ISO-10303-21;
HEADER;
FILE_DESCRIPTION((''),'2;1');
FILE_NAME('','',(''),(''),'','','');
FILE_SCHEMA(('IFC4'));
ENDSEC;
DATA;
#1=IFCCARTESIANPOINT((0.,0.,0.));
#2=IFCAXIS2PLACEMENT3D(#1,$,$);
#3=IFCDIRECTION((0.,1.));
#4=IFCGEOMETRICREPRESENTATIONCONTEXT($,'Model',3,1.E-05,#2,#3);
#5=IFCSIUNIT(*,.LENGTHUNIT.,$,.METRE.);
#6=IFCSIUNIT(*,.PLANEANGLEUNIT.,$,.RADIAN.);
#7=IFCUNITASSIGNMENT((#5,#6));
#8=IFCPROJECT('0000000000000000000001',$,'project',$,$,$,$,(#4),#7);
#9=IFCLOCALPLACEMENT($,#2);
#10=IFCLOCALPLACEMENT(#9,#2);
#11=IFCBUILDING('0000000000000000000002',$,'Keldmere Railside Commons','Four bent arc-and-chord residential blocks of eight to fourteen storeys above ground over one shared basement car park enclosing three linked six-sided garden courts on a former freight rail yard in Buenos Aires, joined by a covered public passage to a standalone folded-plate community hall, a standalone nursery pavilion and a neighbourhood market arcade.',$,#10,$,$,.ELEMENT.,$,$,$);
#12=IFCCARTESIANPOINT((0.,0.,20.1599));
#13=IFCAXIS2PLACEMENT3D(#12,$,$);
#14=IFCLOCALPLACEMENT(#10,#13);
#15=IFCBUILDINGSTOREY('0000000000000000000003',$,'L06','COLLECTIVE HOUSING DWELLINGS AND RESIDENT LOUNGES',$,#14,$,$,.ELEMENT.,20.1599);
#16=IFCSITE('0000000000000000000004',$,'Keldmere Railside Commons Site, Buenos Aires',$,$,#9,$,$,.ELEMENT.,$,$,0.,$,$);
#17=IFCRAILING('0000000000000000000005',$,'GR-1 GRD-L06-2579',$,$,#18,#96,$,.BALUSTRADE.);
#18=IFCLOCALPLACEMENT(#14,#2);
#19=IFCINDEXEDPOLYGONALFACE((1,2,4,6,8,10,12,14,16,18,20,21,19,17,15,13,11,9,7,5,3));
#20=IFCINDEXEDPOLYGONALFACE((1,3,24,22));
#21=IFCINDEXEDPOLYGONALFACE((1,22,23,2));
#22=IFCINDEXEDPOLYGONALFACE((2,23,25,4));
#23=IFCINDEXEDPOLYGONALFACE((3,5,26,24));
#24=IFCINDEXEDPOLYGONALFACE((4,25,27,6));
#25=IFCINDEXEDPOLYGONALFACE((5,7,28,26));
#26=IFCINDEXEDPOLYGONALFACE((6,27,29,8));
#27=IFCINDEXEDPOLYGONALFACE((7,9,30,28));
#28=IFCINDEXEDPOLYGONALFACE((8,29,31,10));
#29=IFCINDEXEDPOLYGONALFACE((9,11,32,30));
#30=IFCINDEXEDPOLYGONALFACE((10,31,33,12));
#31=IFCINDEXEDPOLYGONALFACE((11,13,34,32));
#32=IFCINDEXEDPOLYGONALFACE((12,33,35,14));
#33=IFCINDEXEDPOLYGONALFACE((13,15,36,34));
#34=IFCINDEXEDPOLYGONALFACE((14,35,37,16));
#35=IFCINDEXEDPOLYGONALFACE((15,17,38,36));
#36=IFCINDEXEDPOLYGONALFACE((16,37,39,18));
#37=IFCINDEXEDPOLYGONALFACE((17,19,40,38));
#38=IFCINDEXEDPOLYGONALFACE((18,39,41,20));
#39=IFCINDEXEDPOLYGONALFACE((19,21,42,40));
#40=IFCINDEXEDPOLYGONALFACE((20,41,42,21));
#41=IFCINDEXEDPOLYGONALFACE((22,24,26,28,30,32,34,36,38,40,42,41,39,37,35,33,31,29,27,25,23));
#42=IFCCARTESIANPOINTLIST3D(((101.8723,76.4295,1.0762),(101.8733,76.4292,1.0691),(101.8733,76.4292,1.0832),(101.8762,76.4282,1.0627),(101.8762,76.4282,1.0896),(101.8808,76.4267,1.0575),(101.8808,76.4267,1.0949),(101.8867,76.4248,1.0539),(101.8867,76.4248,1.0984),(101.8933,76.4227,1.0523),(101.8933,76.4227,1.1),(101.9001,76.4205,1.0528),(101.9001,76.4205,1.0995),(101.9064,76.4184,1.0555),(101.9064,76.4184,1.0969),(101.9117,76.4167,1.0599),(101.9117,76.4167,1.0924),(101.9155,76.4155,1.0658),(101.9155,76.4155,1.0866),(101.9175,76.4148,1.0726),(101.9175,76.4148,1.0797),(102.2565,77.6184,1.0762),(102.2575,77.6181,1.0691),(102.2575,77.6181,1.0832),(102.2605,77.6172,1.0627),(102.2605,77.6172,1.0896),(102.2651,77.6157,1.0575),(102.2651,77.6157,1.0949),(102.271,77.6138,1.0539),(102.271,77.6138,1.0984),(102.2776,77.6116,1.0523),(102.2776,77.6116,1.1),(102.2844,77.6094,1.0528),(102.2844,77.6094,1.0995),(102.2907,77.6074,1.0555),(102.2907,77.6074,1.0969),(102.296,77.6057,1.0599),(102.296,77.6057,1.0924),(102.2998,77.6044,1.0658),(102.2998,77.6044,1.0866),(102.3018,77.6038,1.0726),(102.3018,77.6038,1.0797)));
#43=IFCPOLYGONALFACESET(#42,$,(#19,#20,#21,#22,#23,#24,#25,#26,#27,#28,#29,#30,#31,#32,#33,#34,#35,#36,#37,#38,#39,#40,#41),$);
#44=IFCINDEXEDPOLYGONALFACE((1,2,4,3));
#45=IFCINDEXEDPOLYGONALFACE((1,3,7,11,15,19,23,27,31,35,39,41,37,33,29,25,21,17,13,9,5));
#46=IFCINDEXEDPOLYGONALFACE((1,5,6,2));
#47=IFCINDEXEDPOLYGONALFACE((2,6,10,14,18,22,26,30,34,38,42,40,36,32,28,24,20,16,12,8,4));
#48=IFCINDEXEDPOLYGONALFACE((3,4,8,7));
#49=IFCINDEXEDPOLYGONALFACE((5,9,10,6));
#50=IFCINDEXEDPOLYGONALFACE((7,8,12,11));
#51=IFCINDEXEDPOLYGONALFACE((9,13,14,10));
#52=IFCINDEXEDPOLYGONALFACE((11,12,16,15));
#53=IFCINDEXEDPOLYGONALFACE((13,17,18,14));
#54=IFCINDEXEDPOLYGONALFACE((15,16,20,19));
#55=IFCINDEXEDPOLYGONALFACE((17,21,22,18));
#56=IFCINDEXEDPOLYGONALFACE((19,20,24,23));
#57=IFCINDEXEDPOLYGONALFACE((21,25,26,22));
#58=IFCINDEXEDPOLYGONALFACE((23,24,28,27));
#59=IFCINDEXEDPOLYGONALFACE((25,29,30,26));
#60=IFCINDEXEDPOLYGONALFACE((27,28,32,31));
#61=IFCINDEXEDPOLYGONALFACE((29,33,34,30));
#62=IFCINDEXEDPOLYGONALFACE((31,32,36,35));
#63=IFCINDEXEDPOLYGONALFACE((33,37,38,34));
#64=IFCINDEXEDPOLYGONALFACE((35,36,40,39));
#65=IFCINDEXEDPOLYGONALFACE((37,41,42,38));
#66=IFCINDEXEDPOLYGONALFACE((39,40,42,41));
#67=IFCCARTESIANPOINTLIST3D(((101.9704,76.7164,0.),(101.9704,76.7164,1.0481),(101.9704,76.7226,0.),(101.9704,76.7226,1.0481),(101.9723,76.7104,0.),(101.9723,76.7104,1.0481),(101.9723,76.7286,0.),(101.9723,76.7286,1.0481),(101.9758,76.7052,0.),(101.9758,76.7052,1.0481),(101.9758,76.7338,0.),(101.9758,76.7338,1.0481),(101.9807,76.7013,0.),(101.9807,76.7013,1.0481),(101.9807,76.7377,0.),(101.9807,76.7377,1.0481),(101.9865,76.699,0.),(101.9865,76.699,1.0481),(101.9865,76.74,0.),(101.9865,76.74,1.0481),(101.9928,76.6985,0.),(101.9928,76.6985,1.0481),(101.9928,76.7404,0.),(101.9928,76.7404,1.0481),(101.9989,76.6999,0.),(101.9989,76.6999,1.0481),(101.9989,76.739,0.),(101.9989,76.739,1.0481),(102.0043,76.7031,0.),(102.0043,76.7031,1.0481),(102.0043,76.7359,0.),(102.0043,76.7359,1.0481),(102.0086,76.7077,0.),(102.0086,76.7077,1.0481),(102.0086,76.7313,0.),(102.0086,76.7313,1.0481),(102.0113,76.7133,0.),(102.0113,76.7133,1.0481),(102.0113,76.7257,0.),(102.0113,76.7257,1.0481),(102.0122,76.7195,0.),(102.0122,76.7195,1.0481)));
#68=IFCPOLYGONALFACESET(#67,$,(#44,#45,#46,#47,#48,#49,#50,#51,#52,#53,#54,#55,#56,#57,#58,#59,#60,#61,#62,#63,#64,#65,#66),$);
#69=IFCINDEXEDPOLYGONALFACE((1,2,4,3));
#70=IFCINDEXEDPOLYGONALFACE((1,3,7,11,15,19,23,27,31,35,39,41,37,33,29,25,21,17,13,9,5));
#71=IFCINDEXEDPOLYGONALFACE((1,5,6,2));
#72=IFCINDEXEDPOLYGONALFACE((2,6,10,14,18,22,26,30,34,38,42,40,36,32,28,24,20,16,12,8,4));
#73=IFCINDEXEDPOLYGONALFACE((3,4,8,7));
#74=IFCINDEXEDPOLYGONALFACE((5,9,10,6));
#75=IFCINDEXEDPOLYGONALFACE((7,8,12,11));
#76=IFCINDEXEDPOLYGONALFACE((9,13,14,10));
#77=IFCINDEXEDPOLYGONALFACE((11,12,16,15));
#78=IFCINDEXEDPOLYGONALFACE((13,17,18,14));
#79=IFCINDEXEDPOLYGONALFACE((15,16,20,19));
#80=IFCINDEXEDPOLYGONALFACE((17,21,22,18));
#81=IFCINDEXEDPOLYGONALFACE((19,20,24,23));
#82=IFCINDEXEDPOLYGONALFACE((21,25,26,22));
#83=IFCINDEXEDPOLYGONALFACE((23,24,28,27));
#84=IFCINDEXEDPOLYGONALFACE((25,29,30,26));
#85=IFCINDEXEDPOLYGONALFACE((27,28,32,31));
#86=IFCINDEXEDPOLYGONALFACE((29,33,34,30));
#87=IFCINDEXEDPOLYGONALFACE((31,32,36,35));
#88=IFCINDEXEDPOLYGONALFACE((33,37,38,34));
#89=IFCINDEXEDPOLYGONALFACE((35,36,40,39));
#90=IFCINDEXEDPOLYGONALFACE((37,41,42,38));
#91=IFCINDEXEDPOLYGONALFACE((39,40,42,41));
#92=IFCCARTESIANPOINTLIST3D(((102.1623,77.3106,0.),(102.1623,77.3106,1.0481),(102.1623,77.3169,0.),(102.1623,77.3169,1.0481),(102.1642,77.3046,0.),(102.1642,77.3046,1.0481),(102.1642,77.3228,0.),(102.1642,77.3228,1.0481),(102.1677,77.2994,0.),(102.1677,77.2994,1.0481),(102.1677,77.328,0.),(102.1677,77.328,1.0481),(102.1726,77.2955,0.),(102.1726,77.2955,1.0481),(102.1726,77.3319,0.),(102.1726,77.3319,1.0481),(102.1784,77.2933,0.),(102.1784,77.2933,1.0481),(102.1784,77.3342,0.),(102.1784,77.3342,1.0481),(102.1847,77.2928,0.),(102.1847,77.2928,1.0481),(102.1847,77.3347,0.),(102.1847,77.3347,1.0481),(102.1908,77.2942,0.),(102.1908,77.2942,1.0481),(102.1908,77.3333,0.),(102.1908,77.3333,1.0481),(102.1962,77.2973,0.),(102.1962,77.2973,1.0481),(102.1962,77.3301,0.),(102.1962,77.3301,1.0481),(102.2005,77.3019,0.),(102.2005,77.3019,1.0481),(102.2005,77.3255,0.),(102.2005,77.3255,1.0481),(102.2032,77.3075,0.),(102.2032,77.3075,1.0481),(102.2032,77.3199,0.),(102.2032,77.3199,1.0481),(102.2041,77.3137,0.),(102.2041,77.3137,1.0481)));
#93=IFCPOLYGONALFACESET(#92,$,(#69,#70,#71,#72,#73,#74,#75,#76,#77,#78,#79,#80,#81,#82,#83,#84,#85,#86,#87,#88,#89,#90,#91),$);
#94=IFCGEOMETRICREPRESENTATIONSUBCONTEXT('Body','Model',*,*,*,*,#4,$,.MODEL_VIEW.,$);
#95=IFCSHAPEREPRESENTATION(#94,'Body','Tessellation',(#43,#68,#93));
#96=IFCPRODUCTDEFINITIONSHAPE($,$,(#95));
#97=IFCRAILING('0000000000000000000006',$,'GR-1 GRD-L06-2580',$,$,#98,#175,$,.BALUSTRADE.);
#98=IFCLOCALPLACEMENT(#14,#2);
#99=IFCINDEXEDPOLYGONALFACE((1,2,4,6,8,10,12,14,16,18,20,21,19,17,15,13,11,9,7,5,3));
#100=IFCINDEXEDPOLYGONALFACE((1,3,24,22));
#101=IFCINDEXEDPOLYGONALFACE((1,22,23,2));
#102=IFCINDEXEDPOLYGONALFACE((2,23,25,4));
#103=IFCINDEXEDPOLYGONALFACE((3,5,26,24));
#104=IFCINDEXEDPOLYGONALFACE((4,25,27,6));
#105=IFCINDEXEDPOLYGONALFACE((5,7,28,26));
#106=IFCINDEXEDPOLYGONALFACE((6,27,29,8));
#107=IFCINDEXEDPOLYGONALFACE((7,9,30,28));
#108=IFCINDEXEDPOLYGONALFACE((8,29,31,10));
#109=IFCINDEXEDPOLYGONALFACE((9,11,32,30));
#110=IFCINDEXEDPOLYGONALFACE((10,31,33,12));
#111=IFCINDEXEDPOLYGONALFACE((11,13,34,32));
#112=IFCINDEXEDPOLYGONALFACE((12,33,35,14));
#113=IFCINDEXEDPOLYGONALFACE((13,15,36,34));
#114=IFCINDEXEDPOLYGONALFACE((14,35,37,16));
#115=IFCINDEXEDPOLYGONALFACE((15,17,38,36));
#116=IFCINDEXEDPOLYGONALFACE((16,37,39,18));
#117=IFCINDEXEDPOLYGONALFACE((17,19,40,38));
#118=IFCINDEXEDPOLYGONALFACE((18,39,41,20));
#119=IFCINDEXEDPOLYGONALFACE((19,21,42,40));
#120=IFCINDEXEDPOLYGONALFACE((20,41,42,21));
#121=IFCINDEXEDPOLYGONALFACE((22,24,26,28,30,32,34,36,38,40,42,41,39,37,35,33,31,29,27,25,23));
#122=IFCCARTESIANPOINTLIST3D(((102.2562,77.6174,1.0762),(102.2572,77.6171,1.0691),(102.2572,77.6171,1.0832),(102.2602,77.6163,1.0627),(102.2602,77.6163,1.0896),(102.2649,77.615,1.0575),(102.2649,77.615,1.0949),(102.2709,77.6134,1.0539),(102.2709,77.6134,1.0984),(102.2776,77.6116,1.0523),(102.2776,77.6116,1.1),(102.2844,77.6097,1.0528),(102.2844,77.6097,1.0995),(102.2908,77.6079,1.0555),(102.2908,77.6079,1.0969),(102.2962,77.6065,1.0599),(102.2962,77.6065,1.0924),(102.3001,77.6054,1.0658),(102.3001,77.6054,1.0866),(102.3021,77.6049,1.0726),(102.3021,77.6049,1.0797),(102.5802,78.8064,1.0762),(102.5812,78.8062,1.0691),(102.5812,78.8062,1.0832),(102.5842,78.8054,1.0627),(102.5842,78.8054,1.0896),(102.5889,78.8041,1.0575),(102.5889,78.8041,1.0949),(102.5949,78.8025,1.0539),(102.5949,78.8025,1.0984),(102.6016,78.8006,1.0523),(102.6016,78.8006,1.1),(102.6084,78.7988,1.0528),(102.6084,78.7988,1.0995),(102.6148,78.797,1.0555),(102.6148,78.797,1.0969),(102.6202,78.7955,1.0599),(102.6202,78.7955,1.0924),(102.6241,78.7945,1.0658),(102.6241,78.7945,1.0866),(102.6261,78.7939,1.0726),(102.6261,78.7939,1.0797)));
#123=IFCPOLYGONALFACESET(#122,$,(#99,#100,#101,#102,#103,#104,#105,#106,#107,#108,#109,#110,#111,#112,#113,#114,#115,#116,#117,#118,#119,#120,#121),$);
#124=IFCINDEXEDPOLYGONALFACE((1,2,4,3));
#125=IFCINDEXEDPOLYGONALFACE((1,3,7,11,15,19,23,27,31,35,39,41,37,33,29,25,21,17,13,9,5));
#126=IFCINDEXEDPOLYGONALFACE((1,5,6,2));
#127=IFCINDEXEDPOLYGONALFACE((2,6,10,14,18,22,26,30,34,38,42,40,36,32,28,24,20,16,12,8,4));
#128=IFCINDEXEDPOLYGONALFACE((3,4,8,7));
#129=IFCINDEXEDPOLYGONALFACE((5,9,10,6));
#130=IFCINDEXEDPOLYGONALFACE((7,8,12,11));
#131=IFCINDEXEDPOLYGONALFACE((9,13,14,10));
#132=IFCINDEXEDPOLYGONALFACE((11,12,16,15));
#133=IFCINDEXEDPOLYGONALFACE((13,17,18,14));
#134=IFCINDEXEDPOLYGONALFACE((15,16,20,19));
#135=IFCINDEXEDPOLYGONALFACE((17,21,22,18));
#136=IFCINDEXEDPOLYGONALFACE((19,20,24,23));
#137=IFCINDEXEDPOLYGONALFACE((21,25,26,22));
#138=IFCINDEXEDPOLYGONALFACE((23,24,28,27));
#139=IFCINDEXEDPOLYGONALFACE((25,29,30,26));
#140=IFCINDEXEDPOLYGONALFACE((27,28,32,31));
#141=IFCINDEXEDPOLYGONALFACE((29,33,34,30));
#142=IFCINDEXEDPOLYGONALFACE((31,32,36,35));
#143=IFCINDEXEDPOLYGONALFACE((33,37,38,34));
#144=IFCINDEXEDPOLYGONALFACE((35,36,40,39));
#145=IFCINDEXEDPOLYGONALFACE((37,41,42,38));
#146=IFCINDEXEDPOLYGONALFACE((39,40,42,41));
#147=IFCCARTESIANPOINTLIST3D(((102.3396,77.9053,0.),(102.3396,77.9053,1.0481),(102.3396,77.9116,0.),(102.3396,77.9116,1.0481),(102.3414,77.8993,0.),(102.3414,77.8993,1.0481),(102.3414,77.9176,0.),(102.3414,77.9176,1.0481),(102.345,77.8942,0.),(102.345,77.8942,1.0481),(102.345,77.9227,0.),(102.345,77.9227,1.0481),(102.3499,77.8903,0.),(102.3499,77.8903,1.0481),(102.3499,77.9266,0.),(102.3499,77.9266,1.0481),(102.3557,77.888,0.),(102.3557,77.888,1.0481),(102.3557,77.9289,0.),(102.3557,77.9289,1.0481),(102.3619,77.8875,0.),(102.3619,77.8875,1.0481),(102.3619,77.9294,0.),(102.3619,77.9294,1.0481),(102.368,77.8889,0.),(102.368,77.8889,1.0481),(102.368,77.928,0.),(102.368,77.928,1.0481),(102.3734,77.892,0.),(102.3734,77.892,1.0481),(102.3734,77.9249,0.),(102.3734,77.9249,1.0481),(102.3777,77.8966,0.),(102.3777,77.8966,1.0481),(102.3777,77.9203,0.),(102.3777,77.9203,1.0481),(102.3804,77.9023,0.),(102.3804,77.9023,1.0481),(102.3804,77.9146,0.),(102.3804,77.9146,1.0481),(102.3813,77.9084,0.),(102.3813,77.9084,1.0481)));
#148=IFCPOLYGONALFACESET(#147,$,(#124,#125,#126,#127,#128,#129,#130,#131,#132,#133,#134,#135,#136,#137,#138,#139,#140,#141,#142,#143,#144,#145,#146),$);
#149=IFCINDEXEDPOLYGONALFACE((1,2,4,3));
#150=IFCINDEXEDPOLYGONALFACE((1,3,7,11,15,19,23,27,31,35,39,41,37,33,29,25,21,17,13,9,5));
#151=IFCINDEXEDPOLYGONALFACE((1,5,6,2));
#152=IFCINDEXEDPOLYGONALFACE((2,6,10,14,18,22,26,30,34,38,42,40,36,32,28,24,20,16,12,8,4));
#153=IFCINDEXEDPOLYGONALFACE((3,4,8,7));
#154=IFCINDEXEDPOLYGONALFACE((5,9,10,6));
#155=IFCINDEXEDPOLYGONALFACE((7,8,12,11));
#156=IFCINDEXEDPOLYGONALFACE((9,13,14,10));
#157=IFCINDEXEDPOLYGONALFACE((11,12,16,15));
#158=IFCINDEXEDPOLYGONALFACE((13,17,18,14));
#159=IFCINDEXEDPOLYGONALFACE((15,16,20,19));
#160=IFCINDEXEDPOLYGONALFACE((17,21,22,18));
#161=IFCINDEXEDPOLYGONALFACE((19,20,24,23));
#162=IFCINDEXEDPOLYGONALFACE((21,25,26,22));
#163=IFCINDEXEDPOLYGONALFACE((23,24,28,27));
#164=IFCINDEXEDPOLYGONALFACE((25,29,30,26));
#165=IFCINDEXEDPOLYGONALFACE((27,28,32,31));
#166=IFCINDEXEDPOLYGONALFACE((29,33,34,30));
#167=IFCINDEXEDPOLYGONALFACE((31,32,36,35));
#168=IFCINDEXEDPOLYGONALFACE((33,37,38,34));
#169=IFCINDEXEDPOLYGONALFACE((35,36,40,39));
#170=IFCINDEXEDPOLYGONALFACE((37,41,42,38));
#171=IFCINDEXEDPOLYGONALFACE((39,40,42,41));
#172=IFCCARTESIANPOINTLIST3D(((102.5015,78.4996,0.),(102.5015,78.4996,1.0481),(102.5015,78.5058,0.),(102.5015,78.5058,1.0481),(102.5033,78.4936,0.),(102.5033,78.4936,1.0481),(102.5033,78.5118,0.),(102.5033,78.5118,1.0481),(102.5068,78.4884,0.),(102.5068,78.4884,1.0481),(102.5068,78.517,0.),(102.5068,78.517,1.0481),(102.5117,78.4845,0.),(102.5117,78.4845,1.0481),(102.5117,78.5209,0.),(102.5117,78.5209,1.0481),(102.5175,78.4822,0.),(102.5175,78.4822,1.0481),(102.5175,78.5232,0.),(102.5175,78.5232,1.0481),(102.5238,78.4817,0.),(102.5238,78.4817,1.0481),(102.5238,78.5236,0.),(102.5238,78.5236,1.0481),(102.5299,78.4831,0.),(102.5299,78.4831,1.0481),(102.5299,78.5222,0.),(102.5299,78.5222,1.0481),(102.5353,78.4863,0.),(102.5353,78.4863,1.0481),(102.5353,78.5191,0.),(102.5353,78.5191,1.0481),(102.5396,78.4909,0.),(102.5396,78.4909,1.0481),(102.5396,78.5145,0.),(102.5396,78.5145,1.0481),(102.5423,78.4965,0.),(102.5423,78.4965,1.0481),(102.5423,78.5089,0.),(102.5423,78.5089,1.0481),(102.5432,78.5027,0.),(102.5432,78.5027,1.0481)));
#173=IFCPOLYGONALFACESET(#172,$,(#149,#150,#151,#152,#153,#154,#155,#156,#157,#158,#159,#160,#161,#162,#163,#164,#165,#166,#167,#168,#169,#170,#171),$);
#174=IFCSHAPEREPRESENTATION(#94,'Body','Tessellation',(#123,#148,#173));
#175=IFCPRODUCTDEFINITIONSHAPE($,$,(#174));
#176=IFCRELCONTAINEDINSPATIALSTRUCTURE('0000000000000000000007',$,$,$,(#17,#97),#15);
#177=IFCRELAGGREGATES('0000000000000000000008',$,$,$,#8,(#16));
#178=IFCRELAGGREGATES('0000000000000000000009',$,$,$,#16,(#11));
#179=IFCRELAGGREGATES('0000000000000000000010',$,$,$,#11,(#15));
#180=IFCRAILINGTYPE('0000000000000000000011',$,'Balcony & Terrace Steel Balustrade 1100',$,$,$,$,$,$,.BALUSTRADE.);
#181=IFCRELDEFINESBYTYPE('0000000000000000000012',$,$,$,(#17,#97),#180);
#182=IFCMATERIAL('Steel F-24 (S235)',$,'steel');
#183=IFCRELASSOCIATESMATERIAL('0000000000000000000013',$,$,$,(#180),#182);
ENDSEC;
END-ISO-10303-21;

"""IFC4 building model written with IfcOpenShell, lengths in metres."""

from ifc_helpers import new_model, si_unit, direction, frame, origin, origin_2d, place, context, subcontext, project, spatial, circle, extrude, material, type_object, element, save


model = new_model("IFC4")

# Units and contexts
model_context = context("Model", 3, precision=1e-05, world=origin(), true_north=direction((0.0, 1.0)))
body_context = subcontext(model_context, "Body", "Model", "MODEL_VIEW")
ifc_project = project(units=[si_unit("LENGTHUNIT", "METRE"), si_unit("PLANEANGLEUNIT", "RADIAN")], contexts=[model_context])

# Site, building, storey
site_placement = place(None, origin())
site = spatial("IfcSite", under=ifc_project, at=site_placement, Name="Keldmere Railside Commons Site, Buenos Aires", CompositionType="ELEMENT", RefElevation=0.0)
building_placement = place(site_placement, origin())
building = spatial("IfcBuilding", under=site, at=building_placement, Name="Keldmere Railside Commons", Description="Four bent arc-and-chord residential blocks of eight to fourteen storeys above ground over one shared basement car park enclosing three linked six-sided garden courts on a former freight rail yard in Buenos Aires, joined by a covered public passage to a standalone folded-plate community hall, a standalone nursery pavilion and a neighbourhood market arcade.", CompositionType="ELEMENT")
storey_placement = place(building_placement, frame((0.0, 0.0, 20.1599)))
storey = spatial("IfcBuildingStorey", under=building, at=storey_placement, Name="L06", Description="COLLECTIVE HOUSING DWELLINGS AND RESIDENT LOUNGES", CompositionType="ELEMENT", Elevation=20.1599)

# Shared definitions
ifc_material_1 = material(Name="Steel F-24 (S235)", Category="steel")

# Railings
railing_type = type_object("IfcRailingType", Name="Balcony & Terrace Steel Balustrade 1100", PredefinedType="BALUSTRADE", material=ifc_material_1)
railing_1_placement = place(storey_placement, frame((101.895, 76.4221, 0.0)))
element("IfcRailing", 1, at=railing_1_placement, inside=storey, type_object=railing_type, Name="GR-1 GRD-L06-2579", PredefinedType="BALUSTRADE", context=body_context, shape_type="SweptSolid", body=[
    extrude(circle(Radius=0.0239, at=origin_2d()), frame((0.0, 0.0, 1.0762), z_axis=(0.307539, 0.951535, 0.0), x_axis=(-0.951535, 0.307539, 0.0)), (0.0, 0.0, 1.0), 1.2495),
    extrude(circle(Radius=0.021, at=origin_2d()), frame((0.0962, 0.2974, 0.0)), (0.0, 0.0, 1.0), 1.0481),
    extrude(circle(Radius=0.021, at=origin_2d()), frame((0.2881, 0.8916, 0.0)), (0.0, 0.0, 1.0), 1.0481),
])
railing_2_placement = place(storey_placement, frame((102.2793, 77.6111, 0.0)))
element("IfcRailing", 2, at=railing_2_placement, inside=storey, type_object=railing_type, Name="GR-1 GRD-L06-2580", PredefinedType="BALUSTRADE", context=body_context, shape_type="SweptSolid", body=[
    extrude(circle(Radius=0.0239, at=origin_2d()), frame((0.0, 0.0, 1.0762), z_axis=(0.262899, 0.964823, 0.0), x_axis=(-0.964823, 0.262899, 0.0)), (0.0, 0.0, 1.0), 1.2324),
    extrude(circle(Radius=0.021, at=origin_2d()), frame((0.0811, 0.2974, 0.0)), (0.0, 0.0, 1.0), 1.0481),
    extrude(circle(Radius=0.021, at=origin_2d()), frame((0.2429, 0.8916, 0.0)), (0.0, 0.0, 1.0), 1.0481),
])

save(model, "model.ifc")
